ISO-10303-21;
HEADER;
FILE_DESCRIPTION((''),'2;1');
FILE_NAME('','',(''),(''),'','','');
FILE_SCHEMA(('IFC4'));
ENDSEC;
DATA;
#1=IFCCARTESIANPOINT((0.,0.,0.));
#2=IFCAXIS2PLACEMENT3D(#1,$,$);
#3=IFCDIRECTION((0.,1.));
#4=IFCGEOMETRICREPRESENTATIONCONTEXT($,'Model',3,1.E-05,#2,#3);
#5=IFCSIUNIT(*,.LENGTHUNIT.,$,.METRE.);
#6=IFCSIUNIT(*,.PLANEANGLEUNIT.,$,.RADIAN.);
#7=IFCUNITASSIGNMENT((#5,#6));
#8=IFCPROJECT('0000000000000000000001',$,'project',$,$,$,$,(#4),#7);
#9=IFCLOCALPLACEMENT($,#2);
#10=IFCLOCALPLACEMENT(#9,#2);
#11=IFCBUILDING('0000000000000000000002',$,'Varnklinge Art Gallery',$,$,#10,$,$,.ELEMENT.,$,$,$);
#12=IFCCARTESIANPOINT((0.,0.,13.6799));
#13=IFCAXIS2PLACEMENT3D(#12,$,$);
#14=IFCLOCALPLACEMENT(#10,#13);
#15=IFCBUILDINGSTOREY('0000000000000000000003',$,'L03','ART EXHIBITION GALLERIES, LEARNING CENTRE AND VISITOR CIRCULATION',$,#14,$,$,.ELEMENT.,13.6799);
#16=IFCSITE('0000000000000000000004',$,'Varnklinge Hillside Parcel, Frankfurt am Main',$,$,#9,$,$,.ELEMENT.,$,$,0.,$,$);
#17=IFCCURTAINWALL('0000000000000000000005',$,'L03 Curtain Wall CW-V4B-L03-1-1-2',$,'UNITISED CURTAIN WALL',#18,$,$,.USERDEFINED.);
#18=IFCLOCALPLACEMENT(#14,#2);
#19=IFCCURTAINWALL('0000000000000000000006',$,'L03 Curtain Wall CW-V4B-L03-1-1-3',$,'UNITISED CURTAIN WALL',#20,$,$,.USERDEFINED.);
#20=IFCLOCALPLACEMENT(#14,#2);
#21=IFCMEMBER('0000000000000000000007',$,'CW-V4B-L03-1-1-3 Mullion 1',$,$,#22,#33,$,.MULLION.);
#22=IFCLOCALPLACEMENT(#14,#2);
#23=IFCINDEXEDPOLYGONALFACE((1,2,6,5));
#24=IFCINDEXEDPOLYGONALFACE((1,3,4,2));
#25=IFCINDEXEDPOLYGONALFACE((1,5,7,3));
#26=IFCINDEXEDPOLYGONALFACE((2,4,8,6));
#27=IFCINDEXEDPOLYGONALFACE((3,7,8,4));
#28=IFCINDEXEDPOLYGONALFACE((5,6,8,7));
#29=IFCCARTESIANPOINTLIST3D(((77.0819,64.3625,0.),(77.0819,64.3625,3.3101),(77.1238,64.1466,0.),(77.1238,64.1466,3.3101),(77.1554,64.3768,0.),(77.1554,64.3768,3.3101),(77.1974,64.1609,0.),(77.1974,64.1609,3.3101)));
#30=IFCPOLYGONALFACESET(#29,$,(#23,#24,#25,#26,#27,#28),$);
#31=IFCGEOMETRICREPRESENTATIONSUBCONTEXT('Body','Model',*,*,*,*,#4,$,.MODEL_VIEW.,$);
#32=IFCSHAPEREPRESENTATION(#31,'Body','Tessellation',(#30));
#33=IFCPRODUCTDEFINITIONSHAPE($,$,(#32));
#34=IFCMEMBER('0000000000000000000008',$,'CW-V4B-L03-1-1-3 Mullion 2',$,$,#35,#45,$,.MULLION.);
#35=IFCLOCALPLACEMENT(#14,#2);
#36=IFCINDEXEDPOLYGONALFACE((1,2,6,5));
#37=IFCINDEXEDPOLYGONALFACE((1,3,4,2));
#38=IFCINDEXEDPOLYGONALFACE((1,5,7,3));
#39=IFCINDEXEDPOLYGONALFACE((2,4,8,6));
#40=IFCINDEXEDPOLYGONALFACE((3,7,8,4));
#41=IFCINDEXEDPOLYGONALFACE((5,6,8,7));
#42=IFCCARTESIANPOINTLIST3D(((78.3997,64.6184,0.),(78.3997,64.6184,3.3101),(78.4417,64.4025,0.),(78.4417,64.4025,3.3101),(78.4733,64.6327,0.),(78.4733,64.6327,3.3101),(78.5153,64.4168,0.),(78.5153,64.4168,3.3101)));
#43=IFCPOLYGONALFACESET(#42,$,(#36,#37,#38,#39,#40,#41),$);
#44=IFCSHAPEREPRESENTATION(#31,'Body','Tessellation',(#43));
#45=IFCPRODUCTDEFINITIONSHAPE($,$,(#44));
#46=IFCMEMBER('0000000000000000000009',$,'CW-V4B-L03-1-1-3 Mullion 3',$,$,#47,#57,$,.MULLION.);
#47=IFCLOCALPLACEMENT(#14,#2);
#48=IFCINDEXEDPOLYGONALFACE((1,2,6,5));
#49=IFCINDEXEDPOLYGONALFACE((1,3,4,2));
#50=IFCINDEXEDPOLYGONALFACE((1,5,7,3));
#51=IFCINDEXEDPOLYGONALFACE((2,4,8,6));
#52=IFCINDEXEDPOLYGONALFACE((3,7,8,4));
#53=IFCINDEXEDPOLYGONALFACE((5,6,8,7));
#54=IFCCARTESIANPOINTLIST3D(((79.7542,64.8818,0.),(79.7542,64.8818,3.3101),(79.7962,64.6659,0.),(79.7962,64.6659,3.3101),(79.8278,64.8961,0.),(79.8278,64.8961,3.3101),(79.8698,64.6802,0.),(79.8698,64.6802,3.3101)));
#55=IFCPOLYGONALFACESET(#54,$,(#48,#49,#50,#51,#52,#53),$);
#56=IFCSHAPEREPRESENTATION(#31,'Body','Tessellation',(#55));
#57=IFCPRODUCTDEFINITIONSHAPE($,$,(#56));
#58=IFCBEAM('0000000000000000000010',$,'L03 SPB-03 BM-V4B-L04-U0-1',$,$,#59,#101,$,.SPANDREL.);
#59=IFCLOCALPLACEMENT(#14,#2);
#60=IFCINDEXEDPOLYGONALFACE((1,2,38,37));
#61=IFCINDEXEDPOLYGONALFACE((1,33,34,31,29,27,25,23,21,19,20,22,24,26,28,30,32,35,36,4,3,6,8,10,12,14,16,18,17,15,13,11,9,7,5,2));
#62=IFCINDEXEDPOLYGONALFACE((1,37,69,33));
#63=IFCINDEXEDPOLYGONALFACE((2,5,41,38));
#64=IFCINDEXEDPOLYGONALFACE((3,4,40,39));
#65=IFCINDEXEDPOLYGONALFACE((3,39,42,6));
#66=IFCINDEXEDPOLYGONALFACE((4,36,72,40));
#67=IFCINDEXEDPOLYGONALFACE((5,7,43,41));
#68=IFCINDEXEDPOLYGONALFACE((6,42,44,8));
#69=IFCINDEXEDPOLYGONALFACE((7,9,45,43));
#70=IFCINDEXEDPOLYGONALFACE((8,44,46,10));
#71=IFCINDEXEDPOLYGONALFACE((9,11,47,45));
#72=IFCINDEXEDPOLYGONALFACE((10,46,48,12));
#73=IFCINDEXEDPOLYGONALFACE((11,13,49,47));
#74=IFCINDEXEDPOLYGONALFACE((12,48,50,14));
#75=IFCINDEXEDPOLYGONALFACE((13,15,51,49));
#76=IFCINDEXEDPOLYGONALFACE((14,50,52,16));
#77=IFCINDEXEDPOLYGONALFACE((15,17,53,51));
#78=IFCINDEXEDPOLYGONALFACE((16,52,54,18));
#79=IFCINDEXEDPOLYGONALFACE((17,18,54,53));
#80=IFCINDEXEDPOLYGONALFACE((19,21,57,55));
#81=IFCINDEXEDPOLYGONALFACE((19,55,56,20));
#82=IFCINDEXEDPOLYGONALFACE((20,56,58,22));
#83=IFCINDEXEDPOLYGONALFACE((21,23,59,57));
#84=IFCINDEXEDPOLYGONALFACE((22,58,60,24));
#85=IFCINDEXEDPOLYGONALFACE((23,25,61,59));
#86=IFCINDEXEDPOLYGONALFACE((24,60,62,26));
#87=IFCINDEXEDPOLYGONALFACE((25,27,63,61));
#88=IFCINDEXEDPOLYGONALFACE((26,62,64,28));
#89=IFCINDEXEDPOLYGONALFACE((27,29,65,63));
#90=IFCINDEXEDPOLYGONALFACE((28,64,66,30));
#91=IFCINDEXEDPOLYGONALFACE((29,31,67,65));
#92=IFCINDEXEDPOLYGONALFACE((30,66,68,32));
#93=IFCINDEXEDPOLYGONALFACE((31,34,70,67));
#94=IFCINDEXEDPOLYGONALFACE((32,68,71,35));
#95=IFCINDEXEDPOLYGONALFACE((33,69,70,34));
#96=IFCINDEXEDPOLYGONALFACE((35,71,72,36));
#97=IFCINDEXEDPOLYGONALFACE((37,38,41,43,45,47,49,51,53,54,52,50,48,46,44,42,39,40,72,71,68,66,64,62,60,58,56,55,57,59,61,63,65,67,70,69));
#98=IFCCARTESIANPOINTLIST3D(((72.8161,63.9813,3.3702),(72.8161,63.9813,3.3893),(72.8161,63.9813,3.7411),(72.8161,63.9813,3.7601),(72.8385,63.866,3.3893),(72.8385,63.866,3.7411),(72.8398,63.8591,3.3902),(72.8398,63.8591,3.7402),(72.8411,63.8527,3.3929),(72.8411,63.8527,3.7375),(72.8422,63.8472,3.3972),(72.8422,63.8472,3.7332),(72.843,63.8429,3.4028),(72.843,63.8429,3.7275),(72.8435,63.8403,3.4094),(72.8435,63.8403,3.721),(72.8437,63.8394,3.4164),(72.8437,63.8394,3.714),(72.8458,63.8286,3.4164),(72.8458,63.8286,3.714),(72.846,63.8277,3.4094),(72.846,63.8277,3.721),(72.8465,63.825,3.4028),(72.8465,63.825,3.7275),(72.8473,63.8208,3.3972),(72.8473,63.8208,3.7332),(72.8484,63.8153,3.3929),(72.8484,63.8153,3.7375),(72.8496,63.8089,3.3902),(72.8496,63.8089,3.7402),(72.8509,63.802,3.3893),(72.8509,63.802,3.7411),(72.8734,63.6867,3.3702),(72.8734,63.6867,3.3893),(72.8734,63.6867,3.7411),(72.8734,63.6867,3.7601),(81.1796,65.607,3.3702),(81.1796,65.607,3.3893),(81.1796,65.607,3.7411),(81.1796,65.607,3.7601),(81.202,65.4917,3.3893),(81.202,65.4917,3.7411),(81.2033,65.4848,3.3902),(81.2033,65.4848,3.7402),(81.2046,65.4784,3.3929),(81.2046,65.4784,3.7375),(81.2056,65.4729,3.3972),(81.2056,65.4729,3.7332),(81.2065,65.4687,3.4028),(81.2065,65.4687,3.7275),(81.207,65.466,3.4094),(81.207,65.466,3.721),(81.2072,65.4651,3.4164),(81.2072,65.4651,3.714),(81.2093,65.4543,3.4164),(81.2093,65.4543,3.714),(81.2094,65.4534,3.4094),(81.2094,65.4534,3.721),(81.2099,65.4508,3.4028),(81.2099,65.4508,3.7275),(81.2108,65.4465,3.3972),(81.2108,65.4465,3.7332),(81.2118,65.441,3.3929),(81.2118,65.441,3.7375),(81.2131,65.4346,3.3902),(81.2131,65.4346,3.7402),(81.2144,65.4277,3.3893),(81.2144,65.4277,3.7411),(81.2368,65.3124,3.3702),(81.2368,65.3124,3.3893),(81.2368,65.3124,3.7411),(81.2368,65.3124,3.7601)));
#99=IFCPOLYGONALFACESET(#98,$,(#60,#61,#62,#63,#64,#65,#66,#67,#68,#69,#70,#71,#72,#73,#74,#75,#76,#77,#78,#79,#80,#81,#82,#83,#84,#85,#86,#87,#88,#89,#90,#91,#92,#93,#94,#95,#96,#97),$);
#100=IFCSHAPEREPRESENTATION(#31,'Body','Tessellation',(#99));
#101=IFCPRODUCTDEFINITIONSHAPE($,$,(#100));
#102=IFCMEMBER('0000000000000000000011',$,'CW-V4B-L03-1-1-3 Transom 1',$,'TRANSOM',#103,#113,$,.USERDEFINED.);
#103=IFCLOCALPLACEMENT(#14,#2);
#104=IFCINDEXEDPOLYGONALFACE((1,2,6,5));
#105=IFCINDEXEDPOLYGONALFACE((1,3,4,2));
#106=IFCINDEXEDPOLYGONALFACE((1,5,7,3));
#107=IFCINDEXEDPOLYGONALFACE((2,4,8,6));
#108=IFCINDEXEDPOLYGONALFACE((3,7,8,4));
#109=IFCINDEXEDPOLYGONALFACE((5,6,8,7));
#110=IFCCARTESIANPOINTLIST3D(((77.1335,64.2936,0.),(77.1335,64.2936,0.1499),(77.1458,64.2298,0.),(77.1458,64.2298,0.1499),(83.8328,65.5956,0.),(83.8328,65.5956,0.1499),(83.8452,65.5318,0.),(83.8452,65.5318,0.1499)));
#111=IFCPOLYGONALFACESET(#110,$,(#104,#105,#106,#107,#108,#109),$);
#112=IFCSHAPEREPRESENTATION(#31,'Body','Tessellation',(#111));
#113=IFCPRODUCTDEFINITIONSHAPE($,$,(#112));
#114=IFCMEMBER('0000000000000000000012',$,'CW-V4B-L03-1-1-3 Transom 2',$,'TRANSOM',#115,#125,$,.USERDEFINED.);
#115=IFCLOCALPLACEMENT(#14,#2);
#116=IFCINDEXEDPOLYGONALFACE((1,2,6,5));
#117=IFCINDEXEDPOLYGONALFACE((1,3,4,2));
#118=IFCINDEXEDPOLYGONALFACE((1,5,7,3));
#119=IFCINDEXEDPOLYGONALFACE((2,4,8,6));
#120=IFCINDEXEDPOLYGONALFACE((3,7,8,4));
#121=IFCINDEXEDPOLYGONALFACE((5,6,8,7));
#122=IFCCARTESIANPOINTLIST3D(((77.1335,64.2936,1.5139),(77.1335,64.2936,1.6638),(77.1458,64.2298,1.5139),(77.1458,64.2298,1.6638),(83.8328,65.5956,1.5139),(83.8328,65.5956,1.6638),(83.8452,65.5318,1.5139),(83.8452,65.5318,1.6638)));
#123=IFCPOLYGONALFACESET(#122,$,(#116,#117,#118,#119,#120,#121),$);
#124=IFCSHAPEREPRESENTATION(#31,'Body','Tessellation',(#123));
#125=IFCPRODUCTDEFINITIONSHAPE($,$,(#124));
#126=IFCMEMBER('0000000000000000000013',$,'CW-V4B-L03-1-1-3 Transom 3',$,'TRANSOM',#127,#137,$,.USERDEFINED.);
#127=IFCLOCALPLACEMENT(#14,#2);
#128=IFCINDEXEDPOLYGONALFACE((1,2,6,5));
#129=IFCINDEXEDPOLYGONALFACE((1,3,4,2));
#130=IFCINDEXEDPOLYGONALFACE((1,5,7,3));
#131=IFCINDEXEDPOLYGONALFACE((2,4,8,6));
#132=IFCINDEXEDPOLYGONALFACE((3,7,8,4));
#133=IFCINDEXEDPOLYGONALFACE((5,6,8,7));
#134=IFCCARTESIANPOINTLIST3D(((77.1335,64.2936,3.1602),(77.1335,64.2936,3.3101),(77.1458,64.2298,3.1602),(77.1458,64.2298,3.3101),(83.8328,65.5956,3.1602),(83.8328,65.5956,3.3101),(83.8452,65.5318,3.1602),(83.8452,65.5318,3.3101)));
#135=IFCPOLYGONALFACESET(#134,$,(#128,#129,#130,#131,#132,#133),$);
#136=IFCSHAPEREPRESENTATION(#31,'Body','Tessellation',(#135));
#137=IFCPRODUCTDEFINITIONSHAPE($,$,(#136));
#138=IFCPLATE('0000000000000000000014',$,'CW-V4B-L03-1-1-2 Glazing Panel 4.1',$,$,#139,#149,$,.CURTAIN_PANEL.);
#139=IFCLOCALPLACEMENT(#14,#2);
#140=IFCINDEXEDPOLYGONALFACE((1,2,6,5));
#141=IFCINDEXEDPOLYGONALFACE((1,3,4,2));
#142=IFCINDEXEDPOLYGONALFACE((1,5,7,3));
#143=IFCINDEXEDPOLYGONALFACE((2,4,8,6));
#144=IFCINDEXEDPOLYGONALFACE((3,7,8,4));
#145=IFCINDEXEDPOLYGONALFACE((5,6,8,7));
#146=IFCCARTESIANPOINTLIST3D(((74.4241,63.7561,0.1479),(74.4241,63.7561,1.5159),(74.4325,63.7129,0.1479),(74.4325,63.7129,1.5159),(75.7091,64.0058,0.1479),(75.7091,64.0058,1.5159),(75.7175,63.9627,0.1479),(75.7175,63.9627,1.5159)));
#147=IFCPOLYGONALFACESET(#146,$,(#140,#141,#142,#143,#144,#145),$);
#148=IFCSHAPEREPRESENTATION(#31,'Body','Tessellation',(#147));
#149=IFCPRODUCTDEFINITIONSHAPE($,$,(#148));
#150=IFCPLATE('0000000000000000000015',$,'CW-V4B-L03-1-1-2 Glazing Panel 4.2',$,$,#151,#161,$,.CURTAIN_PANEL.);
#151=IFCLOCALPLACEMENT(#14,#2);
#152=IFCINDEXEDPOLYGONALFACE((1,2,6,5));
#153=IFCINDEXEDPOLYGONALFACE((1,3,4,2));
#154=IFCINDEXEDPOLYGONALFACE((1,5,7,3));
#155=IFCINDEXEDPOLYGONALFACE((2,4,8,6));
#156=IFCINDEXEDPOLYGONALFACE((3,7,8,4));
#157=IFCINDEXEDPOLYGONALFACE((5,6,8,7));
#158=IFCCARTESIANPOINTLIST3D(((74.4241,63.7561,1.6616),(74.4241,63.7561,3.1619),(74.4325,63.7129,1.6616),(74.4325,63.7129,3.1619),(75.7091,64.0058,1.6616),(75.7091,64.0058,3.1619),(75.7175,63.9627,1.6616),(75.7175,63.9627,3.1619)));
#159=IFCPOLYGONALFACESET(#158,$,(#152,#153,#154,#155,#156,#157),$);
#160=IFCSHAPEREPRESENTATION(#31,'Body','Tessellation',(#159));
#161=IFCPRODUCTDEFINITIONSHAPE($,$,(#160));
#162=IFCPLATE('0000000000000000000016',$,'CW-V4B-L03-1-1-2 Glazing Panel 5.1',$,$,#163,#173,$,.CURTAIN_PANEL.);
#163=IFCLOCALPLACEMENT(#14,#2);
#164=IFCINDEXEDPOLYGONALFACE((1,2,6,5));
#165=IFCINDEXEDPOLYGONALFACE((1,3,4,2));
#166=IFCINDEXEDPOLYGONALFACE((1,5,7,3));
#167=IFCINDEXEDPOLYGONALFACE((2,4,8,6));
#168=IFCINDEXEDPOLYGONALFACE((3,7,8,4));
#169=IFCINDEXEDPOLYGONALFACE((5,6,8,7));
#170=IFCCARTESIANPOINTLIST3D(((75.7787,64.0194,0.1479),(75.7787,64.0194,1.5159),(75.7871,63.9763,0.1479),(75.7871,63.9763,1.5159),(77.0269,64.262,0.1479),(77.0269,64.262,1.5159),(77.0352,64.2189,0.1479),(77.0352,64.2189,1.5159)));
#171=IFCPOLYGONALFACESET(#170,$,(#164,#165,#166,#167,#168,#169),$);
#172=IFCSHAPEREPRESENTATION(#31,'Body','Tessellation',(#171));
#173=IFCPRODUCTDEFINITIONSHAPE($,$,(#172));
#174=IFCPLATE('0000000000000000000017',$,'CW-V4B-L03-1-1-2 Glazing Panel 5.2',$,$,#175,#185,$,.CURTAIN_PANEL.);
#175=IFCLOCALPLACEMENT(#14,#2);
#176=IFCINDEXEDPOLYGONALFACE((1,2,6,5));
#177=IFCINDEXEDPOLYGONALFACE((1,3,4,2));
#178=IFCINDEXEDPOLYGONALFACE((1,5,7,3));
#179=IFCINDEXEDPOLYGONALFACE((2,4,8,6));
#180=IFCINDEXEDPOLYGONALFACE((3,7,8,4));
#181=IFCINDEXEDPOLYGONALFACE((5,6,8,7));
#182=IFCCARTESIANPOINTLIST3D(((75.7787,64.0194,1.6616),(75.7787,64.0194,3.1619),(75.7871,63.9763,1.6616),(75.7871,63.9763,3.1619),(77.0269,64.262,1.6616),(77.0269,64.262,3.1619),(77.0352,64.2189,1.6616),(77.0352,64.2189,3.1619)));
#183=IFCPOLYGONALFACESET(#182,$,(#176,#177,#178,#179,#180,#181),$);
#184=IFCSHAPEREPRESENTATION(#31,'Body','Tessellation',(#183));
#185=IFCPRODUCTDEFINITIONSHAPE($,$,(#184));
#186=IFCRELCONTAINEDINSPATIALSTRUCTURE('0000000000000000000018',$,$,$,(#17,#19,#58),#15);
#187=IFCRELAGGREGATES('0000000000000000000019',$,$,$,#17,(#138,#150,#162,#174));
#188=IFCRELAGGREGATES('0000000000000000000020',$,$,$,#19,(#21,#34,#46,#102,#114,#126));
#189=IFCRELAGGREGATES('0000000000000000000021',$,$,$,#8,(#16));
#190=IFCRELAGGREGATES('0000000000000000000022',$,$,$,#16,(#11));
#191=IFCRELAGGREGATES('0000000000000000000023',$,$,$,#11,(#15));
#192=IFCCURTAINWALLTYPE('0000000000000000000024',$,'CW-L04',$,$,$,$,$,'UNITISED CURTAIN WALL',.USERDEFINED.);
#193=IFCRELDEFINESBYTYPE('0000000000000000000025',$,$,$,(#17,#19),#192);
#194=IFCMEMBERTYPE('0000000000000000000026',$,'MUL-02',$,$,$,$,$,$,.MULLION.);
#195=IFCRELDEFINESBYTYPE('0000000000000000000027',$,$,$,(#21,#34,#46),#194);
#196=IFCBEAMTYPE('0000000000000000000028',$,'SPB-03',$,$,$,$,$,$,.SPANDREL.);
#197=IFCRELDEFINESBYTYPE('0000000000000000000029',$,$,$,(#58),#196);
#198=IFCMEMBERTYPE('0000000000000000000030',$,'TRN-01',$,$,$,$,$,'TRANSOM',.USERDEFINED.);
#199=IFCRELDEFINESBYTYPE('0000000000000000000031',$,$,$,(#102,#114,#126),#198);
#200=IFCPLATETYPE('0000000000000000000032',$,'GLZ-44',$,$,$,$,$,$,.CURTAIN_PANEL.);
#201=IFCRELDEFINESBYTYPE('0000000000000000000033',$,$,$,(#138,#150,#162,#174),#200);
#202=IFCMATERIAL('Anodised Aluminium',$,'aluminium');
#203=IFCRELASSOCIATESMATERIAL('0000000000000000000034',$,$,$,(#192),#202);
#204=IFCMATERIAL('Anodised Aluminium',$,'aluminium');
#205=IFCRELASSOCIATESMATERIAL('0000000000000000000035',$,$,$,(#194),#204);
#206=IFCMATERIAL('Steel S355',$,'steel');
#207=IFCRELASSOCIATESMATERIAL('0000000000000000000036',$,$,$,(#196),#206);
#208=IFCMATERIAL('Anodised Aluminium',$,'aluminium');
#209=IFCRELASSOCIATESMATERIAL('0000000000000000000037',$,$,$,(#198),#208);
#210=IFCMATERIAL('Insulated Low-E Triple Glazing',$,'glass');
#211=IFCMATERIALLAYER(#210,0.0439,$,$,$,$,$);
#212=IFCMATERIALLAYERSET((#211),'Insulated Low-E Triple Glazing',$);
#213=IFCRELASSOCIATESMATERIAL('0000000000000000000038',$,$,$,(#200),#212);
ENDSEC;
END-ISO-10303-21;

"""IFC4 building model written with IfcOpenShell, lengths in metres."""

from ifc_helpers import new_model, si_unit, direction, frame, origin, origin_2d, place, context, subcontext, project, spatial, rectangle, i_section, extrude, material, layer, layer_set, material_profile, profile_set, type_object, element, aggregate, save


model = new_model("IFC4")

# Units and contexts
model_context = context("Model", 3, precision=1e-05, world=origin(), true_north=direction((0.0, 1.0)))
body_context = subcontext(model_context, "Body", "Model", "MODEL_VIEW")
ifc_project = project(units=[si_unit("LENGTHUNIT", "METRE"), si_unit("PLANEANGLEUNIT", "RADIAN")], contexts=[model_context])

# Site, building, storey
site_placement = place(None, origin())
site = spatial("IfcSite", under=ifc_project, at=site_placement, Name="Varnklinge Hillside Parcel, Frankfurt am Main", CompositionType="ELEMENT", RefElevation=0.0)
building_placement = place(site_placement, origin())
building = spatial("IfcBuilding", under=site, at=building_placement, Name="Varnklinge Art Gallery", CompositionType="ELEMENT")
storey_placement = place(building_placement, frame((0.0, 0.0, 13.6799)))
storey = spatial("IfcBuildingStorey", under=building, at=storey_placement, Name="L03", Description="ART EXHIBITION GALLERIES, LEARNING CENTRE AND VISITOR CIRCULATION", CompositionType="ELEMENT", Elevation=13.6799)

# Curtain walls, members
ifc_material_1 = material(Name="Anodised Aluminium", Category="aluminium")
curtain_wall_type = type_object("IfcCurtainWallType", Name="CW-L04", ElementType="UNITISED CURTAIN WALL", PredefinedType="USERDEFINED", material=ifc_material_1)
curtain_wall_1_placement = place(storey_placement, origin())
curtain_wall_1 = element("IfcCurtainWall", 1, at=curtain_wall_1_placement, inside=storey, type_object=curtain_wall_type, Name="L03 Curtain Wall CW-V4B-L03-1-1-2", ObjectType="UNITISED CURTAIN WALL", PredefinedType="USERDEFINED")
ifc_material_2 = material(Name="Anodised Aluminium", Category="aluminium")
ifc_material_profile_1 = material_profile(ifc_material_2, rectangle(XDim=0.075, YDim=0.22, at=origin_2d()), Name="ALU 75x220")
ifc_profile_set_1 = profile_set([ifc_material_profile_1], Name="Anodised Aluminium")
member_type_1 = type_object("IfcMemberType", Name="MUL-02", PredefinedType="MULLION", material=ifc_profile_set_1)
curtain_wall_2_placement = place(storey_placement, origin())
curtain_wall_2 = element("IfcCurtainWall", 2, at=curtain_wall_2_placement, inside=storey, type_object=curtain_wall_type, Name="L03 Curtain Wall CW-V4B-L03-1-1-3", ObjectType="UNITISED CURTAIN WALL", PredefinedType="USERDEFINED")
member_1_placement = place(storey_placement, frame((77.1396, 64.2617, 0.0), z_axis=(0.0, 0.0, 1.0), x_axis=(0.981627, 0.190809, 0.0)))
member_1 = element("IfcMember", 3, at=member_1_placement, type_object=member_type_1, Name="CW-V4B-L03-1-1-3 Mullion 1", PredefinedType="MULLION", context=body_context, shape_type="SweptSolid", body=[
    extrude(rectangle(XDim=0.075, YDim=0.22, at=origin_2d()), origin(), (0.0, 0.0, 1.0), 3.3101),
])
member_2_placement = place(storey_placement, frame((78.4575, 64.5176, 0.0), z_axis=(0.0, 0.0, 1.0), x_axis=(0.981627, 0.190809, 0.0)))
member_2 = element("IfcMember", 4, at=member_2_placement, type_object=member_type_1, Name="CW-V4B-L03-1-1-3 Mullion 2", PredefinedType="MULLION", context=body_context, shape_type="SweptSolid", body=[
    extrude(rectangle(XDim=0.075, YDim=0.22, at=origin_2d()), origin(), (0.0, 0.0, 1.0), 3.3101),
])
member_3_placement = place(storey_placement, frame((79.812, 64.781, 0.0), z_axis=(0.0, 0.0, 1.0), x_axis=(0.981627, 0.190809, 0.0)))
member_3 = element("IfcMember", 5, at=member_3_placement, type_object=member_type_1, Name="CW-V4B-L03-1-1-3 Mullion 3", PredefinedType="MULLION", context=body_context, shape_type="SweptSolid", body=[
    extrude(rectangle(XDim=0.075, YDim=0.22, at=origin_2d()), origin(), (0.0, 0.0, 1.0), 3.3101),
])

# Beam
ifc_material_3 = material(Name="Steel S355", Category="steel")
ifc_material_profile_2 = material_profile(ifc_material_3, i_section(OverallWidth=0.3, OverallDepth=0.3899, WebThickness=0.011, FlangeThickness=0.019, FilletRadius=0.0271, at=origin_2d()), Name="HEA 400")
ifc_profile_set_2 = profile_set([ifc_material_profile_2], Name="Steel S355")
beam_type_1 = type_object("IfcBeamType", Name="SPB-03", PredefinedType="SPANDREL", material=ifc_profile_set_2)
beam_1_placement = place(storey_placement, frame((72.8447, 63.834, 3.5652), z_axis=(0.981627, 0.190812, 0.0), x_axis=(-0.190812, 0.981627, 0.0)))
element("IfcBeam", 6, at=beam_1_placement, inside=storey, type_object=beam_type_1, Name="L03 SPB-03 BM-V4B-L04-U0-1", PredefinedType="SPANDREL", context=body_context, shape_type="SweptSolid", body=[
    extrude(i_section(OverallWidth=0.3, OverallDepth=0.3899, WebThickness=0.011, FlangeThickness=0.019, FilletRadius=0.0271, at=origin_2d()), origin(), (0.0, 0.0, 1.0), 8.52),
])

# Members
ifc_material_4 = material(Name="Anodised Aluminium", Category="aluminium")
ifc_material_profile_3 = material_profile(ifc_material_4, rectangle(XDim=0.0649, YDim=0.1499, at=origin_2d()), Name="ALU 65x150")
ifc_profile_set_3 = profile_set([ifc_material_profile_3], Name="Anodised Aluminium")
member_type_2 = type_object("IfcMemberType", Name="TRN-01", ElementType="TRANSOM", PredefinedType="USERDEFINED", material=ifc_profile_set_3)
member_4_placement = place(storey_placement, frame((77.1396, 64.2617, 0.075), z_axis=(0.981634, 0.190775, 0.0), x_axis=(-0.190775, 0.981634, 0.0)))
member_4 = element("IfcMember", 7, at=member_4_placement, type_object=member_type_2, Name="CW-V4B-L03-1-1-3 Transom 1", ObjectType="TRANSOM", PredefinedType="USERDEFINED", context=body_context, shape_type="SweptSolid", body=[
    extrude(rectangle(XDim=0.0649, YDim=0.1499, at=origin_2d()), origin(), (0.0, 0.0, 1.0), 6.8247),
])
member_5_placement = place(storey_placement, frame((77.1396, 64.2617, 1.5889), z_axis=(0.981634, 0.190775, 0.0), x_axis=(-0.190775, 0.981634, 0.0)))
member_5 = element("IfcMember", 8, at=member_5_placement, type_object=member_type_2, Name="CW-V4B-L03-1-1-3 Transom 2", ObjectType="TRANSOM", PredefinedType="USERDEFINED", context=body_context, shape_type="SweptSolid", body=[
    extrude(rectangle(XDim=0.0649, YDim=0.1499, at=origin_2d()), origin(), (0.0, 0.0, 1.0), 6.8247),
])
member_6_placement = place(storey_placement, frame((77.1396, 64.2617, 3.2351), z_axis=(0.981634, 0.190775, 0.0), x_axis=(-0.190775, 0.981634, 0.0)))
member_6 = element("IfcMember", 9, at=member_6_placement, type_object=member_type_2, Name="CW-V4B-L03-1-1-3 Transom 3", ObjectType="TRANSOM", PredefinedType="USERDEFINED", context=body_context, shape_type="SweptSolid", body=[
    extrude(rectangle(XDim=0.0649, YDim=0.1499, at=origin_2d()), origin(), (0.0, 0.0, 1.0), 6.8247),
])

# Plates
ifc_material_5 = material(Name="Insulated Low-E Triple Glazing", Category="glass")
ifc_layer_1 = layer(ifc_material_5, 0.0439)
ifc_layer_set_1 = layer_set([ifc_layer_1], Name="Insulated Low-E Triple Glazing")
plate_type = type_object("IfcPlateType", Name="GLZ-44", PredefinedType="CURTAIN_PANEL", material=ifc_layer_set_1)
plate_1_placement = place(storey_placement, frame((75.0708, 63.8594, 0.1479), z_axis=(0.0, 0.0, 1.0), x_axis=(0.981627, 0.190809, 0.0)))
plate_1 = element("IfcPlate", 10, at=plate_1_placement, type_object=plate_type, Name="CW-V4B-L03-1-1-2 Glazing Panel 4.1", PredefinedType="CURTAIN_PANEL", context=body_context, shape_type="SweptSolid", body=[
    extrude(rectangle(XDim=1.3091, YDim=0.0439, at=origin_2d()), origin(), (0.0, 0.0, 1.0), 1.3679),
])
plate_2_placement = place(storey_placement, frame((75.0708, 63.8594, 1.6616), z_axis=(0.0, 0.0, 1.0), x_axis=(0.981627, 0.190809, 0.0)))
plate_2 = element("IfcPlate", 11, at=plate_2_placement, type_object=plate_type, Name="CW-V4B-L03-1-1-2 Glazing Panel 4.2", PredefinedType="CURTAIN_PANEL", context=body_context, shape_type="SweptSolid", body=[
    extrude(rectangle(XDim=1.3091, YDim=0.0439, at=origin_2d()), origin(), (0.0, 0.0, 1.0), 1.5002),
])
plate_3_placement = place(storey_placement, frame((76.407, 64.1191, 0.1479), z_axis=(0.0, 0.0, 1.0), x_axis=(0.981627, 0.190809, 0.0)))
plate_3 = element("IfcPlate", 12, at=plate_3_placement, type_object=plate_type, Name="CW-V4B-L03-1-1-2 Glazing Panel 5.1", PredefinedType="CURTAIN_PANEL", context=body_context, shape_type="SweptSolid", body=[
    extrude(rectangle(XDim=1.2715, YDim=0.0439, at=origin_2d()), origin(), (0.0, 0.0, 1.0), 1.3679),
])
plate_4_placement = place(storey_placement, frame((76.407, 64.1191, 1.6616), z_axis=(0.0, 0.0, 1.0), x_axis=(0.981627, 0.190809, 0.0)))
plate_4 = element("IfcPlate", 13, at=plate_4_placement, type_object=plate_type, Name="CW-V4B-L03-1-1-2 Glazing Panel 5.2", PredefinedType="CURTAIN_PANEL", context=body_context, shape_type="SweptSolid", body=[
    extrude(rectangle(XDim=1.2715, YDim=0.0439, at=origin_2d()), origin(), (0.0, 0.0, 1.0), 1.5002),
])
aggregate(curtain_wall_1, [plate_1, plate_2, plate_3, plate_4])
aggregate(curtain_wall_2, [member_1, member_2, member_3, member_4, member_5, member_6])

save(model, "model.ifc")
